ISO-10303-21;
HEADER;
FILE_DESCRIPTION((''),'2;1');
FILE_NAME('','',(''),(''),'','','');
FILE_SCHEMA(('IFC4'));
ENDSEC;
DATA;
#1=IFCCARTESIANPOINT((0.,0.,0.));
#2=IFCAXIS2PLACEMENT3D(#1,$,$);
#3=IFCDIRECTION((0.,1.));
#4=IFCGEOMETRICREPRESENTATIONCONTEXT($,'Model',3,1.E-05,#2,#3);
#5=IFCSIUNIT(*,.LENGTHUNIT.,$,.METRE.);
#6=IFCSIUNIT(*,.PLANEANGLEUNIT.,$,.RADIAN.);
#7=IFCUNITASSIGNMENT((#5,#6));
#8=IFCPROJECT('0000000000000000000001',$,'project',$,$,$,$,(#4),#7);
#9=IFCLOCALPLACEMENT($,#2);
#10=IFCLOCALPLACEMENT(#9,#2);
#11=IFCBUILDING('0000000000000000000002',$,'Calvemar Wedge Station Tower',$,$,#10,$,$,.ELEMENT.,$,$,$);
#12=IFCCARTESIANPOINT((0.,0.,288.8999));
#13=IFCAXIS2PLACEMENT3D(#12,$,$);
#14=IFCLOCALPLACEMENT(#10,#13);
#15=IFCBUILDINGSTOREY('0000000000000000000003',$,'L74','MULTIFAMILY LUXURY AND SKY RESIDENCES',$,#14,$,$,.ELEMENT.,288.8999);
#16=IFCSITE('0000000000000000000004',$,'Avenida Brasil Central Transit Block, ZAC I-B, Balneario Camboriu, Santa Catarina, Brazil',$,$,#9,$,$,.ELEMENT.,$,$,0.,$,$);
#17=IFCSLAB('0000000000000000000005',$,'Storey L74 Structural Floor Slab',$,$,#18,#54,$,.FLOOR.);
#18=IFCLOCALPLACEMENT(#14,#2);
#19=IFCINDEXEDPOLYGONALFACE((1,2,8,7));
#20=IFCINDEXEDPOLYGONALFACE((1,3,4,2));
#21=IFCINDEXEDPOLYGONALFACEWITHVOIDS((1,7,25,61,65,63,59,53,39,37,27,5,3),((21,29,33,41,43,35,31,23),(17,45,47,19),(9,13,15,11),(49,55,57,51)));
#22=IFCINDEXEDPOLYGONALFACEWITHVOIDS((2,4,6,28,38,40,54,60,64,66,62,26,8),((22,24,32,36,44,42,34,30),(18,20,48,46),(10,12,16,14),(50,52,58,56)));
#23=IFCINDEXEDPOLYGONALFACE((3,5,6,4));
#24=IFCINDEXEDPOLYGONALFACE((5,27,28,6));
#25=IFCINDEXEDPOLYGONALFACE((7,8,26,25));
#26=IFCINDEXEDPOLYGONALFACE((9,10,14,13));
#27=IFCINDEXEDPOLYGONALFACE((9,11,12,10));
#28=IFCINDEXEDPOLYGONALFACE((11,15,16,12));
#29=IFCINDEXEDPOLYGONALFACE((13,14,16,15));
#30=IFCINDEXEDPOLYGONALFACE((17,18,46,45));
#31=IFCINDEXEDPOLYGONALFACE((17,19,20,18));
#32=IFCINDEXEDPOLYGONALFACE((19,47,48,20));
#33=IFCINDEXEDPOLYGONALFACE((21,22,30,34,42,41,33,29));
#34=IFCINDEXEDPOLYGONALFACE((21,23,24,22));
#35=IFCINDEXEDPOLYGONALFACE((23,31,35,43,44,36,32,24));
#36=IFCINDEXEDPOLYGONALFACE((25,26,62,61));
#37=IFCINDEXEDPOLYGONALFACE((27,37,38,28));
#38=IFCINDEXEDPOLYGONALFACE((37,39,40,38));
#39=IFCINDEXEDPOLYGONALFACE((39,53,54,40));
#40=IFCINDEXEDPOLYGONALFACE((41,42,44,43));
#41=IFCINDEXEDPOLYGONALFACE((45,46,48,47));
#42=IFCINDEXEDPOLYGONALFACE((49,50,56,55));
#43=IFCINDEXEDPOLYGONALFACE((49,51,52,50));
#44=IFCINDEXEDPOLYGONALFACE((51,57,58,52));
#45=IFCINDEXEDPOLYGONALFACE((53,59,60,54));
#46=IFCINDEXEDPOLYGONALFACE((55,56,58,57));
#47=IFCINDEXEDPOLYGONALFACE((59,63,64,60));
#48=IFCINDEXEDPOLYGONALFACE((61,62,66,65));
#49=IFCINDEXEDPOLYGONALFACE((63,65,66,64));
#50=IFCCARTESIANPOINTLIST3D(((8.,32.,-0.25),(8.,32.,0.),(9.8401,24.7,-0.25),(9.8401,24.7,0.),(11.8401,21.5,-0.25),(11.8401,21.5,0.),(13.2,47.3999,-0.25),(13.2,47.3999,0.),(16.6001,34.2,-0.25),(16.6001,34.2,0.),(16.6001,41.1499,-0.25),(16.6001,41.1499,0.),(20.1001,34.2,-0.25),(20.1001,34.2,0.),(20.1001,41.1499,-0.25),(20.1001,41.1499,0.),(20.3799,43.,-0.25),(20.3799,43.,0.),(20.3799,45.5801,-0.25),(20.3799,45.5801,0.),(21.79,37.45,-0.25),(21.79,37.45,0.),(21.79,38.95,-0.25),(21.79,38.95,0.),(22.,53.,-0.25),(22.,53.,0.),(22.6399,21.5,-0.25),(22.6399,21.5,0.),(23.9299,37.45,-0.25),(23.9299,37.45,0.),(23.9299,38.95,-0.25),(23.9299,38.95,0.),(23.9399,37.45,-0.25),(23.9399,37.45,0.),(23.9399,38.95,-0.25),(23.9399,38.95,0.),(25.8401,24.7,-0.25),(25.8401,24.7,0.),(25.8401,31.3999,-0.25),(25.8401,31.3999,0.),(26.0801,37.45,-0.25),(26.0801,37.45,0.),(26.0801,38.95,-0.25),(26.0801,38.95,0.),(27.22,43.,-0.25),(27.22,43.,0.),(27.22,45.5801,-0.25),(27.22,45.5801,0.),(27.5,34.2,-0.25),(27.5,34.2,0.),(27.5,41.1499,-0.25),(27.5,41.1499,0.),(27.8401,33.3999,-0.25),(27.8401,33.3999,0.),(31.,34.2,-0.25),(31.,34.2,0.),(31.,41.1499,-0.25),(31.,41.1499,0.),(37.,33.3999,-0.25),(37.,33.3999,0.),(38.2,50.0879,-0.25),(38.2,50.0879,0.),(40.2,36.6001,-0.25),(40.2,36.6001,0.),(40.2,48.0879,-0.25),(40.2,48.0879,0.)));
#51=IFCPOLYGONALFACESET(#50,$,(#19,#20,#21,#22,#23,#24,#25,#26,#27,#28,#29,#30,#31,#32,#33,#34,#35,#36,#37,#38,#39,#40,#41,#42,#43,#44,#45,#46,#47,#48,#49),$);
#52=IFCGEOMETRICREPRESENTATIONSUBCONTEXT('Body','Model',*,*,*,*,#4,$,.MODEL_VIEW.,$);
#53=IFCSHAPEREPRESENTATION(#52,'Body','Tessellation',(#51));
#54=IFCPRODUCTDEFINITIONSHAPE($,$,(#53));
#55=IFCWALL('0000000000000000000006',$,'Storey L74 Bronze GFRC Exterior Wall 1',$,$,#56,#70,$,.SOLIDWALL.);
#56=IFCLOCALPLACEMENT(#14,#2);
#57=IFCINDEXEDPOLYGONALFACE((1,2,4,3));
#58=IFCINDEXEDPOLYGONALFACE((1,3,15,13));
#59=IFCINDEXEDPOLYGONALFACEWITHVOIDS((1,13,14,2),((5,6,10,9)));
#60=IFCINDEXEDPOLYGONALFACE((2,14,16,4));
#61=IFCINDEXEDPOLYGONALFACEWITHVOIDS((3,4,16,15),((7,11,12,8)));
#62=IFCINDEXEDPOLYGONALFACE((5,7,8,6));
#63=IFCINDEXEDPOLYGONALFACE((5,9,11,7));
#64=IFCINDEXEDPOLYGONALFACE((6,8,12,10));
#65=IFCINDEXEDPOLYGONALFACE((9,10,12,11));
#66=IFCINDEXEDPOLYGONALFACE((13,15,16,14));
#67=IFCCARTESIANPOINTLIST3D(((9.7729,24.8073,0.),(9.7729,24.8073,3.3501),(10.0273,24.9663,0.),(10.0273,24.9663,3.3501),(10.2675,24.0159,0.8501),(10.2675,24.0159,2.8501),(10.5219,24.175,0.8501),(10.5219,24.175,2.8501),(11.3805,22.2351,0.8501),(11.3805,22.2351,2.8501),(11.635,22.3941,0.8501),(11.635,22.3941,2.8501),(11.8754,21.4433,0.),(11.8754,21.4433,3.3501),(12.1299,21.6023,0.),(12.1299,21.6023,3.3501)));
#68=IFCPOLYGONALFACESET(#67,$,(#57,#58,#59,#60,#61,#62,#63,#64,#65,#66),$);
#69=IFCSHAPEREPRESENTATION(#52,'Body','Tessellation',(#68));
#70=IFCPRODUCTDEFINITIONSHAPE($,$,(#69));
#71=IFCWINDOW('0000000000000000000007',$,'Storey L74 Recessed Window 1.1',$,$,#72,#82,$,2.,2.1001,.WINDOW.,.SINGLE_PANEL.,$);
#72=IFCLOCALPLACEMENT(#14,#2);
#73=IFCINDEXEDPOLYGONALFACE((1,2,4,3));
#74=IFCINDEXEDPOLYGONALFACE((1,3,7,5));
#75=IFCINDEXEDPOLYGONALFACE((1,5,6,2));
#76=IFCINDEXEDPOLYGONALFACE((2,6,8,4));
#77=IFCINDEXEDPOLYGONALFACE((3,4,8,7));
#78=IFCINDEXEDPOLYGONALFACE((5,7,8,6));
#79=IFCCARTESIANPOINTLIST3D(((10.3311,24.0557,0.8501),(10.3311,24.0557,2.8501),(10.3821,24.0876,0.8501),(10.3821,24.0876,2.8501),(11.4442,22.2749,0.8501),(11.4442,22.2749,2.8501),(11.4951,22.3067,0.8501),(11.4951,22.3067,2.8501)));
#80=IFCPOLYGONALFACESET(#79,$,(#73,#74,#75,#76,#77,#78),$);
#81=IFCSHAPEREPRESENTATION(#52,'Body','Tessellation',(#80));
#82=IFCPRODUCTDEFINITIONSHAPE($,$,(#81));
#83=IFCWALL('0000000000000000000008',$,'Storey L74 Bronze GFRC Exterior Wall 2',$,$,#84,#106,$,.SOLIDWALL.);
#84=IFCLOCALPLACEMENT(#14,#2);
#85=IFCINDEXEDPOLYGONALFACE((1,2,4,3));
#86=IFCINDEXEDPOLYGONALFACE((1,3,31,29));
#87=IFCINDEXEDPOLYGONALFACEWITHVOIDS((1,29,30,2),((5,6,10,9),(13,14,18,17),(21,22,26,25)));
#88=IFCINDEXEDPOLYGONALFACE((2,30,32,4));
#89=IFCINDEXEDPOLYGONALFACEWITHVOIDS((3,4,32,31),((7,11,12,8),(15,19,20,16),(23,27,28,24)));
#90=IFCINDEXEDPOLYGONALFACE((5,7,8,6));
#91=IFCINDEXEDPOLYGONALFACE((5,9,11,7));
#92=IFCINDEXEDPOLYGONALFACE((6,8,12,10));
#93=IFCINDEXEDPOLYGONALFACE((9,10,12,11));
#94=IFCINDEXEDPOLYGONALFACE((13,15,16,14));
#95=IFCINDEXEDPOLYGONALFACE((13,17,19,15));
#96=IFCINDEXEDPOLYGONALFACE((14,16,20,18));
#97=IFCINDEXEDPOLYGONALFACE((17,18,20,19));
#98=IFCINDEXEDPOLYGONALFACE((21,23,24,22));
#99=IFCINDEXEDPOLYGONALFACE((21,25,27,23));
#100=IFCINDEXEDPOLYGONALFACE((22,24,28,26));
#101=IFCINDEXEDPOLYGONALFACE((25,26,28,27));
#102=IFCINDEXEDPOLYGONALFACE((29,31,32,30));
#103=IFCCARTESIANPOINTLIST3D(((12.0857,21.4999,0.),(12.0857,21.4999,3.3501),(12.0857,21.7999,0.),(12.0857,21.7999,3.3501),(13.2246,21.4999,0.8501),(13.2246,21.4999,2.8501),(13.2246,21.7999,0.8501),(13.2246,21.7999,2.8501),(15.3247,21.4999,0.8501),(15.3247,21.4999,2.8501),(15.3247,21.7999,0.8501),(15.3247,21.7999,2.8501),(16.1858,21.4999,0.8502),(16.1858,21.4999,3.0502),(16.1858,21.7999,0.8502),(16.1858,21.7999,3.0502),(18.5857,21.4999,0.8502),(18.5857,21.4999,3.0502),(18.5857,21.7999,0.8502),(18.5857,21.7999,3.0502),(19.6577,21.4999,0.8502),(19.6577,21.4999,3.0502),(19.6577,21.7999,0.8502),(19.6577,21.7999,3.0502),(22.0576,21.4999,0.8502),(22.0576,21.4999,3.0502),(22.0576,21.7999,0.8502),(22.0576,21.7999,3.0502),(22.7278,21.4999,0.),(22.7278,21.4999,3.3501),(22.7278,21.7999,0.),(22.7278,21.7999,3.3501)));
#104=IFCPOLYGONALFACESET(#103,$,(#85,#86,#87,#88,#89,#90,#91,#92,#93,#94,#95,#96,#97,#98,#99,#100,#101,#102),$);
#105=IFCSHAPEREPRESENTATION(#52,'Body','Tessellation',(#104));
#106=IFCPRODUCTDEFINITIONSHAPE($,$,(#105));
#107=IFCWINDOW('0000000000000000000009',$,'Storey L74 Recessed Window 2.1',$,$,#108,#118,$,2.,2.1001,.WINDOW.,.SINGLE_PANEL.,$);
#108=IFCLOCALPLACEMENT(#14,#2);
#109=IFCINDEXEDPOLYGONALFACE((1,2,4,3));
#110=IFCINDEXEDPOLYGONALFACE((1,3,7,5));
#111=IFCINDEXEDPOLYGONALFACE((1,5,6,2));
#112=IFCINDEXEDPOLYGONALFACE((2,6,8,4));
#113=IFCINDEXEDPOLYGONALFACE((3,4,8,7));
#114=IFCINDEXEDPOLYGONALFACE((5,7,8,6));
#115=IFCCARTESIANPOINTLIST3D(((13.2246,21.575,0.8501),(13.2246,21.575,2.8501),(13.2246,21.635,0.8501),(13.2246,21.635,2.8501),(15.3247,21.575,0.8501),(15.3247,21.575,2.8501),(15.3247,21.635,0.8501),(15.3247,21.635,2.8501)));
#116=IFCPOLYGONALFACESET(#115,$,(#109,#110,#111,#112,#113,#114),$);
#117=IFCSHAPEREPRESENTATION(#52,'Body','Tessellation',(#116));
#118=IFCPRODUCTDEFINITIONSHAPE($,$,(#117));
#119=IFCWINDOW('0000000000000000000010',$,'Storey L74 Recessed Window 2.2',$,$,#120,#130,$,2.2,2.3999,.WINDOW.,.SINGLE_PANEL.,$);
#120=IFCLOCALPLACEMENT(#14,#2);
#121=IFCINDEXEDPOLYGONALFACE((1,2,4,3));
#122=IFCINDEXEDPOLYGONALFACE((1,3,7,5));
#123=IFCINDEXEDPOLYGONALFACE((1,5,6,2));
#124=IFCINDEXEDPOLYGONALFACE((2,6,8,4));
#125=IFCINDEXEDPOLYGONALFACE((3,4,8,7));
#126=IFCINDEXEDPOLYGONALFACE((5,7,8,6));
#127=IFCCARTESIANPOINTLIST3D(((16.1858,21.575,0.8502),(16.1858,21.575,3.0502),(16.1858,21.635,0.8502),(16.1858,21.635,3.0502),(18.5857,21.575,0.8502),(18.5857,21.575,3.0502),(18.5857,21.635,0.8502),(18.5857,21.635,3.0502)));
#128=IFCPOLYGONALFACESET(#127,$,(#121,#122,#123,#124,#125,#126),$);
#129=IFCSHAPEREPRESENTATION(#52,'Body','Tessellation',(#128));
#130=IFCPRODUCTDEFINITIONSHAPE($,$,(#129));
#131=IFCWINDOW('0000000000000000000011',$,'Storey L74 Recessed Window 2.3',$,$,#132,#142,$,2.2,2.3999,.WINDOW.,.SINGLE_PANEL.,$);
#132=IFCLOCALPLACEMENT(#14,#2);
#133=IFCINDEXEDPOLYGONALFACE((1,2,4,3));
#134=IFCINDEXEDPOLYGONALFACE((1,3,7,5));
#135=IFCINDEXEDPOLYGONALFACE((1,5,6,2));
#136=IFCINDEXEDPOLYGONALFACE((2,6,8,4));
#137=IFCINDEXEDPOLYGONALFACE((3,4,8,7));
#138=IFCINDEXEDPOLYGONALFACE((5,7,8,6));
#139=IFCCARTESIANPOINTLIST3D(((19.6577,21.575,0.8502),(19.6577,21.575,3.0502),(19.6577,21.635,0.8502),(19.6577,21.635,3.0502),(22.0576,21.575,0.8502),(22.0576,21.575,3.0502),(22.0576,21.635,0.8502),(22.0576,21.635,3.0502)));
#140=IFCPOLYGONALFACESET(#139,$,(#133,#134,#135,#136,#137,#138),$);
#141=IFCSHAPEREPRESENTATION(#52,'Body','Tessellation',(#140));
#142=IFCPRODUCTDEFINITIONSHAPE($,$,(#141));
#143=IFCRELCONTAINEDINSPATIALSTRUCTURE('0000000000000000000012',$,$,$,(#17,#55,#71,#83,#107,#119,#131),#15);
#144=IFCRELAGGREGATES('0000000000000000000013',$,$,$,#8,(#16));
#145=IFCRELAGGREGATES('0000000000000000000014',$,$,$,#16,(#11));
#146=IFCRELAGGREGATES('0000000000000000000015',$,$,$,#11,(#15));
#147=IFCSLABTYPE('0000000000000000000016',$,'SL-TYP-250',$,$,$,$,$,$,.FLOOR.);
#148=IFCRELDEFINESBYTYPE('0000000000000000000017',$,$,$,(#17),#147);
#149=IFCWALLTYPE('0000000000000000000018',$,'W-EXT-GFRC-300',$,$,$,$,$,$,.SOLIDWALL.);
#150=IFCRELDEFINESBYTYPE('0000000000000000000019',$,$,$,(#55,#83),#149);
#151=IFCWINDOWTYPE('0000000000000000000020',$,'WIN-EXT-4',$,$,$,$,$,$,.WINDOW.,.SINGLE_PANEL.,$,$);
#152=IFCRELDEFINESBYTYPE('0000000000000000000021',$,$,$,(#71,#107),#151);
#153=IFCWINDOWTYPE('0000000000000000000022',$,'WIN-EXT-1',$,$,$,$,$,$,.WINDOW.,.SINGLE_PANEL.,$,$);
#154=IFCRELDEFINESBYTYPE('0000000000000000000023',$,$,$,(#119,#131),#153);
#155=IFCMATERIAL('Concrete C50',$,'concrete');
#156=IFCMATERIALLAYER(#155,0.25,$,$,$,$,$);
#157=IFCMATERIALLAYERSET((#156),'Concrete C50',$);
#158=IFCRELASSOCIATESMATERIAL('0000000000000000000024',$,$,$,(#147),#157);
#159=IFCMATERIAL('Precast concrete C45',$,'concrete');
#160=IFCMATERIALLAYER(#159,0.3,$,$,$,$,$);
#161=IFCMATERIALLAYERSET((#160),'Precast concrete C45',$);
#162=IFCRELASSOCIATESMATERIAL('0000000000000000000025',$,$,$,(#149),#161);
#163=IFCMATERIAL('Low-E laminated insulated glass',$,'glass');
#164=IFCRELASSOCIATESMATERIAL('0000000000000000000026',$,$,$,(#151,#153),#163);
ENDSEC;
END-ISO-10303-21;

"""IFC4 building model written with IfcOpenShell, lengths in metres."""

from ifc_helpers import new_model, si_unit, direction, frame, frame_2d, origin, place, context, subcontext, project, spatial, polyline, rectangle, outline, extrude, source, transform, mapped, material, layer, layer_set, type_object, element, fill, save


model = new_model("IFC4")

# Units and contexts
model_context = context("Model", 3, precision=1e-05, world=origin(), true_north=direction((0.0, 1.0)))
body_context = subcontext(model_context, "Body", "Model", "MODEL_VIEW")
ifc_project = project(units=[si_unit("LENGTHUNIT", "METRE"), si_unit("PLANEANGLEUNIT", "RADIAN")], contexts=[model_context])

# Site, building, storey
site_placement = place(None, origin())
site = spatial("IfcSite", under=ifc_project, at=site_placement, Name="Avenida Brasil Central Transit Block, ZAC I-B, Balneario Camboriu, Santa Catarina, Brazil", CompositionType="ELEMENT", RefElevation=0.0)
building_placement = place(site_placement, origin())
building = spatial("IfcBuilding", under=site, at=building_placement, Name="Calvemar Wedge Station Tower", CompositionType="ELEMENT")
storey_placement = place(building_placement, frame((0.0, 0.0, 288.8999)))
storey = spatial("IfcBuildingStorey", under=building, at=storey_placement, Name="L74", Description="MULTIFAMILY LUXURY AND SKY RESIDENCES", CompositionType="ELEMENT", Elevation=288.8999)

# Shared definitions
ifc_material_1 = material(Name="Concrete C50", Category="concrete")

# Slab
ifc_layer_1 = layer(ifc_material_1, 0.25)
ifc_layer_set_1 = layer_set([ifc_layer_1], Name="Concrete C50")
slab_type_1 = type_object("IfcSlabType", Name="SL-TYP-250", PredefinedType="FLOOR", material=ifc_layer_set_1)
slab_1_placement = place(storey_placement, frame((0.0, 0.0, -0.25)))
element("IfcSlab", 1, at=slab_1_placement, inside=storey, type_object=slab_type_1, Name="Storey L74 Structural Floor Slab", PredefinedType="FLOOR", context=body_context, shape_type="SweptSolid", body=[
    extrude(outline(polyline([(8.0, 32.0), (9.8401, 24.7), (11.8401, 21.5), (22.6399, 21.5), (25.8401, 24.7), (25.8401, 31.3999), (27.8401, 33.3999), (37.0, 33.3999), (40.2, 36.6001), (40.2, 48.0879), (38.2, 50.0879), (22.0, 53.0), (13.2, 47.3999), (8.0, 32.0)]), holes=[polyline([(20.1001, 34.2), (20.1001, 41.1499), (16.6001, 41.1499), (16.6001, 34.2), (20.1001, 34.2)]), polyline([(31.0, 34.2), (31.0, 41.1499), (27.5, 41.1499), (27.5, 34.2), (31.0, 34.2)]), polyline([(23.9299, 38.95), (21.79, 38.95), (21.79, 37.45), (23.9299, 37.45), (23.9399, 37.45), (26.0801, 37.45), (26.0801, 38.95), (23.9399, 38.95), (23.9299, 38.95)]), polyline([(27.22, 43.0), (27.22, 45.5801), (20.3799, 45.5801), (20.3799, 43.0), (27.22, 43.0)])]), origin(), (0.0, 0.0, 1.0), 0.25),
])

# Wall, opening, window
ifc_material_2 = material(Name="Precast concrete C45", Category="concrete")
ifc_layer_2 = layer(ifc_material_2, 0.3)
ifc_layer_set_2 = layer_set([ifc_layer_2], Name="Precast concrete C45")
wall_type_1 = type_object("IfcWallType", Name="W-EXT-GFRC-300", PredefinedType="SOLIDWALL", material=ifc_layer_set_2)
wall_1_placement = place(storey_placement, frame((9.9001, 24.8867, 0.0), z_axis=(0.0, 0.0, 1.0), x_axis=(0.530004, -0.847995, 0.0)))
wall_1 = element("IfcWall", 2, at=wall_1_placement, inside=storey, type_object=wall_type_1, Name="Storey L74 Bronze GFRC Exterior Wall 1", PredefinedType="SOLIDWALL", context=body_context, shape_type="SweptSolid", body=[
    extrude(rectangle(XDim=3.967, YDim=0.3, at=frame_2d((1.9834, 0.0))), origin(), (0.0, 0.0, 1.0), 3.3501),
])
shared_shape_1 = source(origin(), body_context, "Body", "SweptSolid", [
    extrude(rectangle(XDim=2.1001, YDim=2.0, at=frame_2d((1.05, 1.0))), frame((0.0, 0.1602, 0.0), z_axis=(0.0, -1.0, 0.0), x_axis=(1.0, 0.0, 0.0)), (0.0, 0.0, 1.0), 0.3201),
])
opening_1_placement = place(wall_1_placement, frame((0.9331, 0.0, 0.8501)))
opening_1 = element("IfcOpeningElement", 3, at=opening_1_placement, cuts=wall_1, PredefinedType="OPENING", context=body_context, shape_type="MappedRepresentation", body=[
    mapped(shared_shape_1, transform((0.0, 0.0, 0.0), scale=1.0)),
])
ifc_material_3 = material(Name="Low-E laminated insulated glass", Category="glass")
window_type_1 = type_object("IfcWindowType", Name="WIN-EXT-4", PartitioningType="SINGLE_PANEL", PredefinedType="WINDOW", material=ifc_material_3)
shared_shape_2 = source(origin(), body_context, "Body", "SweptSolid", [
    extrude(rectangle(XDim=2.1001, YDim=2.0, at=frame_2d((1.05, 1.0))), frame((0.0, -0.0149, 0.0), z_axis=(0.0, -1.0, 0.0), x_axis=(1.0, 0.0, 0.0)), (0.0, 0.0, 1.0), 0.0601),
])
window_1_placement = place(opening_1_placement, origin())
window_1 = element("IfcWindow", 4, at=window_1_placement, inside=storey, type_object=window_type_1, Name="Storey L74 Recessed Window 1.1", OverallHeight=2.0, OverallWidth=2.1001, PartitioningType="SINGLE_PANEL", PredefinedType="WINDOW", context=body_context, shape_type="MappedRepresentation", body=[
    mapped(shared_shape_2, transform((0.0, 0.0, 0.0), scale=1.0)),
])
fill(opening_1, window_1)

# Wall, openings, windows
wall_2_placement = place(storey_placement, frame((12.0857, 21.6499, 0.0), z_axis=(0.0, 0.0, 1.0), x_axis=(1.0, 0.0, 0.0)))
wall_2 = element("IfcWall", 5, at=wall_2_placement, inside=storey, type_object=wall_type_1, Name="Storey L74 Bronze GFRC Exterior Wall 2", PredefinedType="SOLIDWALL", context=body_context, shape_type="SweptSolid", body=[
    extrude(rectangle(XDim=10.6421, YDim=0.3, at=frame_2d((5.321, 0.0))), origin(), (0.0, 0.0, 1.0), 3.3501),
])
opening_2_placement = place(wall_2_placement, frame((1.1389, 0.0, 0.8501)))
opening_2 = element("IfcOpeningElement", 6, at=opening_2_placement, cuts=wall_2, PredefinedType="OPENING", context=body_context, shape_type="MappedRepresentation", body=[
    mapped(shared_shape_1, transform((0.0, 0.0, 0.0), scale=1.0)),
])
shared_shape_3 = source(origin(), body_context, "Body", "SweptSolid", [
    extrude(rectangle(XDim=2.3999, YDim=2.2, at=frame_2d((1.2, 1.1001))), frame((0.0, 0.1602, 0.0), z_axis=(0.0, -1.0, 0.0), x_axis=(1.0, 0.0, 0.0)), (0.0, 0.0, 1.0), 0.3201),
])
opening_3_placement = place(wall_2_placement, frame((4.1001, 0.0, 0.8501)))
opening_3 = element("IfcOpeningElement", 7, at=opening_3_placement, cuts=wall_2, PredefinedType="OPENING", context=body_context, shape_type="MappedRepresentation", body=[
    mapped(shared_shape_3, transform((0.0, 0.0, 0.0), scale=1.0)),
])
opening_4_placement = place(wall_2_placement, frame((7.572, 0.0, 0.8501)))
opening_4 = element("IfcOpeningElement", 8, at=opening_4_placement, cuts=wall_2, PredefinedType="OPENING", context=body_context, shape_type="MappedRepresentation", body=[
    mapped(shared_shape_3, transform((0.0, 0.0, 0.0), scale=1.0)),
])
window_2_placement = place(opening_2_placement, origin())
window_2 = element("IfcWindow", 9, at=window_2_placement, inside=storey, type_object=window_type_1, Name="Storey L74 Recessed Window 2.1", OverallHeight=2.0, OverallWidth=2.1001, PartitioningType="SINGLE_PANEL", PredefinedType="WINDOW", context=body_context, shape_type="MappedRepresentation", body=[
    mapped(shared_shape_2, transform((0.0, 0.0, 0.0), scale=1.0)),
])
fill(opening_2, window_2)
window_type_2 = type_object("IfcWindowType", Name="WIN-EXT-1", PartitioningType="SINGLE_PANEL", PredefinedType="WINDOW", material=ifc_material_3)
shared_shape_4 = source(origin(), body_context, "Body", "SweptSolid", [
    extrude(rectangle(XDim=2.3999, YDim=2.2, at=frame_2d((1.2, 1.1001))), frame((0.0, -0.0149, 0.0), z_axis=(0.0, -1.0, 0.0), x_axis=(1.0, 0.0, 0.0)), (0.0, 0.0, 1.0), 0.0601),
])
window_3_placement = place(opening_3_placement, origin())
window_3 = element("IfcWindow", 10, at=window_3_placement, inside=storey, type_object=window_type_2, Name="Storey L74 Recessed Window 2.2", OverallHeight=2.2, OverallWidth=2.3999, PartitioningType="SINGLE_PANEL", PredefinedType="WINDOW", context=body_context, shape_type="MappedRepresentation", body=[
    mapped(shared_shape_4, transform((0.0, 0.0, 0.0), scale=1.0)),
])
fill(opening_3, window_3)
window_4_placement = place(opening_4_placement, origin())
window_4 = element("IfcWindow", 11, at=window_4_placement, inside=storey, type_object=window_type_2, Name="Storey L74 Recessed Window 2.3", OverallHeight=2.2, OverallWidth=2.3999, PartitioningType="SINGLE_PANEL", PredefinedType="WINDOW", context=body_context, shape_type="MappedRepresentation", body=[
    mapped(shared_shape_4, transform((0.0, 0.0, 0.0), scale=1.0)),
])
fill(opening_4, window_4)

save(model, "model.ifc")
